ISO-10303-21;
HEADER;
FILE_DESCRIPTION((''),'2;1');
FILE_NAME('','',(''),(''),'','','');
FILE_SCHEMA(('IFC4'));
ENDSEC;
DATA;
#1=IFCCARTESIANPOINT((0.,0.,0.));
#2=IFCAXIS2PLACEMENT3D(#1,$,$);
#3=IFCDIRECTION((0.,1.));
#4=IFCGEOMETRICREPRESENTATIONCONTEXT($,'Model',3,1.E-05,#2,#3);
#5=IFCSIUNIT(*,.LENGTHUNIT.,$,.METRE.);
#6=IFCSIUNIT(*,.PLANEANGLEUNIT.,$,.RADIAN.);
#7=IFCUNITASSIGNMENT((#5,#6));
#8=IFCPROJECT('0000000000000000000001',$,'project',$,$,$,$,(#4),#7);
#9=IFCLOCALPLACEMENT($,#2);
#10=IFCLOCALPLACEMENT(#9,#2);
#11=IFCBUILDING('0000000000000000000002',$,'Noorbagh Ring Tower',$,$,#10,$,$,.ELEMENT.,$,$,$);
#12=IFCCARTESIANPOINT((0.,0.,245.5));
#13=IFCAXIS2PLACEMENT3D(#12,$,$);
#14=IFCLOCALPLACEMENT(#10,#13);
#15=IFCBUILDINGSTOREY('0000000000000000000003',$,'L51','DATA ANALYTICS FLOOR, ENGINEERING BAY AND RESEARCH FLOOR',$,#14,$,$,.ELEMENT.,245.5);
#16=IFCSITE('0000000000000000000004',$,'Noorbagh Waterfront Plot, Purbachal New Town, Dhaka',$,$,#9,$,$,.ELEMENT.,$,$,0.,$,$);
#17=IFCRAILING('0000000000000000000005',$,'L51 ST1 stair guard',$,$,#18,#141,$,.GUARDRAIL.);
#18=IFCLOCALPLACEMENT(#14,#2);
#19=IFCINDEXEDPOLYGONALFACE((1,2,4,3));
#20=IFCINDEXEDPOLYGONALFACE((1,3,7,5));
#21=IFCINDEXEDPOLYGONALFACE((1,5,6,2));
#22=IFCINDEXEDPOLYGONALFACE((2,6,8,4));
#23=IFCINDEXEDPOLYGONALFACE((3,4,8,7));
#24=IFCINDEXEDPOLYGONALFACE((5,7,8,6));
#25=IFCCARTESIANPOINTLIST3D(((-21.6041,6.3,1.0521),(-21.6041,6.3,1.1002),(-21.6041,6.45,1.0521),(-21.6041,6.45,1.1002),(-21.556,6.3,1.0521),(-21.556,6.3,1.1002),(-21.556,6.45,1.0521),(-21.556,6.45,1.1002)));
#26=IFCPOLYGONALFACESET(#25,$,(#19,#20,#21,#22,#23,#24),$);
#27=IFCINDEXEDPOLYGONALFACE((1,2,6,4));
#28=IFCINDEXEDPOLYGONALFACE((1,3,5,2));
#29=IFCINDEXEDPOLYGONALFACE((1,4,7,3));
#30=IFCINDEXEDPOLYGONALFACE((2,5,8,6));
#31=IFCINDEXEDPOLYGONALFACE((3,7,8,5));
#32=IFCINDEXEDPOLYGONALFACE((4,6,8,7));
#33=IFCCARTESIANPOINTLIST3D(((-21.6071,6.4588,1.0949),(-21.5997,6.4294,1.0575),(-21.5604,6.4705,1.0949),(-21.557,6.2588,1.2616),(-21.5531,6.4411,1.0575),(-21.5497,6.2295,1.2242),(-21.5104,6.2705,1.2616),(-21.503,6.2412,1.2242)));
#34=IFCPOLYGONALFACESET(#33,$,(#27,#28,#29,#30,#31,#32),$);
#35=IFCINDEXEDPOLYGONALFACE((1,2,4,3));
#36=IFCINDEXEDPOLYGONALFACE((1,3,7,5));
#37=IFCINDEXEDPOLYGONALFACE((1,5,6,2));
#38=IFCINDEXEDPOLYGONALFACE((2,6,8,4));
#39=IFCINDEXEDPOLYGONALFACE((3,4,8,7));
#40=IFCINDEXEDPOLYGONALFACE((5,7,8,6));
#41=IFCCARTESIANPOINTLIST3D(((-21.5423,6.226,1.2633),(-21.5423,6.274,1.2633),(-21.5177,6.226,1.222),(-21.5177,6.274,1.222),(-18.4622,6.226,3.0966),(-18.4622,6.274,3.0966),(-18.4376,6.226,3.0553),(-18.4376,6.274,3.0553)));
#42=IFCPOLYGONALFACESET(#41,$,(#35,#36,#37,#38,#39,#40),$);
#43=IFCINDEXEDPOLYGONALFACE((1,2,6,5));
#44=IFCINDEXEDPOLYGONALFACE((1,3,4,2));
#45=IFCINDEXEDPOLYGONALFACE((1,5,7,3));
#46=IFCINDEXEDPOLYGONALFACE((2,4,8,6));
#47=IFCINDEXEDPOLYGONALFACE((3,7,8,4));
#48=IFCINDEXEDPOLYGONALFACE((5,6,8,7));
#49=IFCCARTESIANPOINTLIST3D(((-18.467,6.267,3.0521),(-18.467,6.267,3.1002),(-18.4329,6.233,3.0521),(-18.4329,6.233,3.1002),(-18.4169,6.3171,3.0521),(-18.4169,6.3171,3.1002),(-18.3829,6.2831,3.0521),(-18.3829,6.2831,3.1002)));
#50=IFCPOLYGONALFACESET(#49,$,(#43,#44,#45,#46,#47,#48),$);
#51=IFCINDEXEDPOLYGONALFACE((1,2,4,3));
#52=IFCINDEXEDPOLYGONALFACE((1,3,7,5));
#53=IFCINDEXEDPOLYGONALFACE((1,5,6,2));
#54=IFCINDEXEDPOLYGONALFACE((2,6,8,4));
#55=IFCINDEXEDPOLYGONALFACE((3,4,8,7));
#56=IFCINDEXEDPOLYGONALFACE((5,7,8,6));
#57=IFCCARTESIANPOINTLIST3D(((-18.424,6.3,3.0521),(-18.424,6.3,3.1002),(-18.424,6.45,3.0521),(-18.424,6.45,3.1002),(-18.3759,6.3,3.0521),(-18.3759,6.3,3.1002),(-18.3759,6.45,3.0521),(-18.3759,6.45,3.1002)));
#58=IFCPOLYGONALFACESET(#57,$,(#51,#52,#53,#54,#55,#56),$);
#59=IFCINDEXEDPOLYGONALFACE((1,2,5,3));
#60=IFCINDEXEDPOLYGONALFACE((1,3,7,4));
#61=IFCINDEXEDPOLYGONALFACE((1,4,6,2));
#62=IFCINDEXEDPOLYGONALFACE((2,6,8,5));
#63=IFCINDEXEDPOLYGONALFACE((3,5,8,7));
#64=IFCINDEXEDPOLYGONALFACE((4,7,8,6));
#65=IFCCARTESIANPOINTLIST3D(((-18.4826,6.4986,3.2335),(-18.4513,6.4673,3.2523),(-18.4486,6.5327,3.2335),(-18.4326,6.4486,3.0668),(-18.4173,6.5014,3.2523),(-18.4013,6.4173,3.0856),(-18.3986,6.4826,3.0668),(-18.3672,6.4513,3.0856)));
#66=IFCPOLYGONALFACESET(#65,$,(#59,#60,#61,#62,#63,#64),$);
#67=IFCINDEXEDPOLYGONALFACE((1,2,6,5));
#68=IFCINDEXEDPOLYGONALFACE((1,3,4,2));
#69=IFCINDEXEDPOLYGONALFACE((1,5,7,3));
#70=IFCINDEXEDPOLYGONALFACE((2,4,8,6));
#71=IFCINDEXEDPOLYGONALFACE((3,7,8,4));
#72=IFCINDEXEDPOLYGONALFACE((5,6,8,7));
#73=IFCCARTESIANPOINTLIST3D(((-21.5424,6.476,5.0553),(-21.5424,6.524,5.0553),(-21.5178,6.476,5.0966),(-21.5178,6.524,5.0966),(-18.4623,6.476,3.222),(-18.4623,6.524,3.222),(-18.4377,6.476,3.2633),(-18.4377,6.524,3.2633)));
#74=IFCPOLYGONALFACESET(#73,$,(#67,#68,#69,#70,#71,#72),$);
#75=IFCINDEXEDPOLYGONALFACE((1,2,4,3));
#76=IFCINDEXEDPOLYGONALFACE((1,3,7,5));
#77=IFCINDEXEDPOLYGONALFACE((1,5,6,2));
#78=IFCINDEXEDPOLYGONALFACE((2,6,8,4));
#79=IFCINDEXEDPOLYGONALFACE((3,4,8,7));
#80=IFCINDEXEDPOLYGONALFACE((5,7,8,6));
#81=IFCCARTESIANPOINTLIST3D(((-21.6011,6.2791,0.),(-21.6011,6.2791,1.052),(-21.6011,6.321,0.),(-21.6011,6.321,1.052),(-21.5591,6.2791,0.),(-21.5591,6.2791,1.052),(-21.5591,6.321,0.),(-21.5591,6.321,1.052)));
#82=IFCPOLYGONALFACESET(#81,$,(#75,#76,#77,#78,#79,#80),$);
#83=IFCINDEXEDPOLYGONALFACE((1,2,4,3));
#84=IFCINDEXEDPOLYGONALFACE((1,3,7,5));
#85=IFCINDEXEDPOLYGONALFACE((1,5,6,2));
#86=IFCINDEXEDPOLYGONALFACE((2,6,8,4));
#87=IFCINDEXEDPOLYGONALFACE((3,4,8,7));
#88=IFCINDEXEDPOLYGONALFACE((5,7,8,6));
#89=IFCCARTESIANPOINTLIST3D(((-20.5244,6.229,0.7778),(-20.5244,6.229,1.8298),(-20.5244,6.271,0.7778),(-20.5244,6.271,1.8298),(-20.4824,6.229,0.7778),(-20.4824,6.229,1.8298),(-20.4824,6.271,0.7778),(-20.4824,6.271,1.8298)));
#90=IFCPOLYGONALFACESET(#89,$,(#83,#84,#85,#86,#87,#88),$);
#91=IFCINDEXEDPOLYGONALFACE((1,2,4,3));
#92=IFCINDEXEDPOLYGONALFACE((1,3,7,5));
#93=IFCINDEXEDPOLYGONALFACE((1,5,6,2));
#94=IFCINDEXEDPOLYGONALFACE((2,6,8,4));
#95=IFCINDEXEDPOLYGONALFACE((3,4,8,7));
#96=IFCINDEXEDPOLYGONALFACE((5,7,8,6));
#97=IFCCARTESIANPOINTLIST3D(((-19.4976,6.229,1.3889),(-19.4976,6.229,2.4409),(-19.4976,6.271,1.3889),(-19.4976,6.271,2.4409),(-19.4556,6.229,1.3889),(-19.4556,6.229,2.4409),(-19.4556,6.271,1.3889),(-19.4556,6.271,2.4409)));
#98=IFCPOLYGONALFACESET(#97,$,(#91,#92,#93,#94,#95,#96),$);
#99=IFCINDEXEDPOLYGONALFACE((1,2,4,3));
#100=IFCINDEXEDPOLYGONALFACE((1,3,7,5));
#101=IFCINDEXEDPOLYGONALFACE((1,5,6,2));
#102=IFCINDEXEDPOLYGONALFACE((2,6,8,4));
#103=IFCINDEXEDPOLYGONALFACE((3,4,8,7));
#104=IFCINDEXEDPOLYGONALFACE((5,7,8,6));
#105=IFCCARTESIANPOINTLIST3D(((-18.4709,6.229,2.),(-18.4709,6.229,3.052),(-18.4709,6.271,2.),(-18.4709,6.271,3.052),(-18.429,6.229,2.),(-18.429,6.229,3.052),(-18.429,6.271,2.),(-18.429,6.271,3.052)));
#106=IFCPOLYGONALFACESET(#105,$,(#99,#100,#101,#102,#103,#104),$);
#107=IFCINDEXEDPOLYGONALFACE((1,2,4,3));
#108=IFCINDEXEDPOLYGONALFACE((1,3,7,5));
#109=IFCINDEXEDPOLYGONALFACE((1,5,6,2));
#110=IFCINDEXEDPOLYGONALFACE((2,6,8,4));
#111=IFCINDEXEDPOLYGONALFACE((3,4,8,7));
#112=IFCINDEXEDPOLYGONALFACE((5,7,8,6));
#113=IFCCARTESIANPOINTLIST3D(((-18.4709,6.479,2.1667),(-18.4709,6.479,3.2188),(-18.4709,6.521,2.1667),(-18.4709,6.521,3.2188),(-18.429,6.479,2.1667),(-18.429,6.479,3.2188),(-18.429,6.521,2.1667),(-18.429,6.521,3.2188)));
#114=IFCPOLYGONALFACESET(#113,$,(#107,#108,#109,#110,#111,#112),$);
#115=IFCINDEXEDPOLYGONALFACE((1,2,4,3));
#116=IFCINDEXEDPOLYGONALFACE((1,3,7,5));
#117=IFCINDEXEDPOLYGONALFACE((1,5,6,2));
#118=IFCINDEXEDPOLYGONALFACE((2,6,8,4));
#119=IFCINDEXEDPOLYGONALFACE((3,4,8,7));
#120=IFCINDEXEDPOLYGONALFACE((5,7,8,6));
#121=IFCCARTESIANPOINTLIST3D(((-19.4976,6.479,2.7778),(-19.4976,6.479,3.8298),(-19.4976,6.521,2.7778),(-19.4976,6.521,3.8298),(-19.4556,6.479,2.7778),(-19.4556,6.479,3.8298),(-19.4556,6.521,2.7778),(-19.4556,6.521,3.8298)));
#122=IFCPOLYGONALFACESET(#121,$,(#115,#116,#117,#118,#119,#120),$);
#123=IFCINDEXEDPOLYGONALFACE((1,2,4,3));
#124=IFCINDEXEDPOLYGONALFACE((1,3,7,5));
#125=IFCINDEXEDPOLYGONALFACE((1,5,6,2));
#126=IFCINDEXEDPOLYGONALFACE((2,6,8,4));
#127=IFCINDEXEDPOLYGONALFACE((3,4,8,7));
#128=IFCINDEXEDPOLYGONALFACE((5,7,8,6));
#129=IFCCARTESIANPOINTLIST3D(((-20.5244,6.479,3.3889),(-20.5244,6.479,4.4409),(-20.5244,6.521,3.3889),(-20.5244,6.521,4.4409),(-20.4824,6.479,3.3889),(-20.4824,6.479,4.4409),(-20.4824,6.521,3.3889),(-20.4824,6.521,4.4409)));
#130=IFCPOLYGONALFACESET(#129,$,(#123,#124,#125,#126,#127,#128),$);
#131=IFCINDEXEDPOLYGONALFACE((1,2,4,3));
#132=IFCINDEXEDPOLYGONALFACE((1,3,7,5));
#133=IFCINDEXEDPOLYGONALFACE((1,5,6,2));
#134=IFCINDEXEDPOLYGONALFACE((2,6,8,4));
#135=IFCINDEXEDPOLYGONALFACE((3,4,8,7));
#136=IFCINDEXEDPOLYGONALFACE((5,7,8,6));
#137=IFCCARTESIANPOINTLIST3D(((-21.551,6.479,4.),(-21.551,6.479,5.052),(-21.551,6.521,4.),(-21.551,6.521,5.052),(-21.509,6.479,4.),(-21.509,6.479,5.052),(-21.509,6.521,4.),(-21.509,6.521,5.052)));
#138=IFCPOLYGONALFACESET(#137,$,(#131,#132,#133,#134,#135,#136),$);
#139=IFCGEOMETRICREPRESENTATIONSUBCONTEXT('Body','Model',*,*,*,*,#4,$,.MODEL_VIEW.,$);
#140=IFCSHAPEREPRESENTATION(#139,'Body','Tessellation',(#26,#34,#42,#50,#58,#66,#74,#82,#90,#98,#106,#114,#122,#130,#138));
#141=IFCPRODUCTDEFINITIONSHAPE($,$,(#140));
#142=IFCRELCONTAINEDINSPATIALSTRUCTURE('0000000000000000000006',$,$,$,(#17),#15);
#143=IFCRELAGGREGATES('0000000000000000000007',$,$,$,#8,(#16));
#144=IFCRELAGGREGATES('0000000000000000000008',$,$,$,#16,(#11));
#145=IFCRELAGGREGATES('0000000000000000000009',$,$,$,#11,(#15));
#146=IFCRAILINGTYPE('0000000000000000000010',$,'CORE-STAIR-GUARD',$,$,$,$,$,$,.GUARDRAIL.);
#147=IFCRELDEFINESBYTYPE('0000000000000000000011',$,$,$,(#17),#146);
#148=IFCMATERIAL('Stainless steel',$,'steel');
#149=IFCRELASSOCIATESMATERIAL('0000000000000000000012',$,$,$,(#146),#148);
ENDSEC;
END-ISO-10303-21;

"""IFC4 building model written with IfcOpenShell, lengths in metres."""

from ifc_helpers import new_model, si_unit, direction, frame, origin, origin_2d, place, context, subcontext, project, spatial, rectangle, extrude, material, type_object, element, save


model = new_model("IFC4")

# Units and contexts
model_context = context("Model", 3, precision=1e-05, world=origin(), true_north=direction((0.0, 1.0)))
body_context = subcontext(model_context, "Body", "Model", "MODEL_VIEW")
ifc_project = project(units=[si_unit("LENGTHUNIT", "METRE"), si_unit("PLANEANGLEUNIT", "RADIAN")], contexts=[model_context])

# Site, building, storey
site_placement = place(None, origin())
site = spatial("IfcSite", under=ifc_project, at=site_placement, Name="Noorbagh Waterfront Plot, Purbachal New Town, Dhaka", CompositionType="ELEMENT", RefElevation=0.0)
building_placement = place(site_placement, origin())
building = spatial("IfcBuilding", under=site, at=building_placement, Name="Noorbagh Ring Tower", CompositionType="ELEMENT")
storey_placement = place(building_placement, frame((0.0, 0.0, 245.5)))
storey = spatial("IfcBuildingStorey", under=building, at=storey_placement, Name="L51", Description="DATA ANALYTICS FLOOR, ENGINEERING BAY AND RESEARCH FLOOR", CompositionType="ELEMENT", Elevation=245.5)

# Railing
ifc_material_1 = material(Name="Stainless steel", Category="steel")
railing_type_1 = type_object("IfcRailingType", Name="CORE-STAIR-GUARD", PredefinedType="GUARDRAIL", material=ifc_material_1)
railing_1_placement = place(storey_placement, frame((-21.5801, 6.3, 0.0)))
element("IfcRailing", 1, at=railing_1_placement, inside=storey, type_object=railing_type_1, Name="L51 ST1 stair guard", PredefinedType="GUARDRAIL", context=body_context, shape_type="SweptSolid", body=[
    extrude(rectangle(XDim=0.0481, YDim=0.0481, at=origin_2d()), frame((0.0, 0.0, 1.0762), z_axis=(0.0, 1.0, 0.0), x_axis=(-1.0, 0.0, 0.0)), (0.0, 0.0, 1.0), 0.1499),
    extrude(rectangle(XDim=0.0481, YDim=0.0481, at=origin_2d()), frame((0.0, 0.1499, 1.0762), z_axis=(0.188776, -0.754182, 0.628946), x_axis=(0.970073, 0.242814, 0.0)), (0.0, 0.0, 1.0), 0.2651),
    extrude(rectangle(XDim=0.0481, YDim=0.0481, at=origin_2d()), frame((0.05, -0.05, 1.2427), z_axis=(0.859309, 0.0, 0.511458), x_axis=(0.0, 1.0, 0.0)), (0.0, 0.0, 1.0), 3.5845),
    extrude(rectangle(XDim=0.0481, YDim=0.0481, at=origin_2d()), frame((3.1301, -0.05, 3.0762), z_axis=(0.707107, 0.707107, 0.0), x_axis=(-0.707107, 0.707107, 0.0)), (0.0, 0.0, 1.0), 0.0708),
    extrude(rectangle(XDim=0.0481, YDim=0.0481, at=origin_2d()), frame((3.1802, 0.0, 3.0762), z_axis=(0.0, 1.0, 0.0), x_axis=(-1.0, 0.0, 0.0)), (0.0, 0.0, 1.0), 0.1499),
    extrude(rectangle(XDim=0.0481, YDim=0.0481, at=origin_2d()), frame((3.1802, 0.1499, 3.0762), z_axis=(-0.276287, 0.276287, 0.920506), x_axis=(-0.707107, -0.707107, 0.0)), (0.0, 0.0, 1.0), 0.1812),
    extrude(rectangle(XDim=0.0481, YDim=0.0481, at=origin_2d()), frame((3.1301, 0.2, 3.2427), z_axis=(-0.859309, 0.0, 0.511458), x_axis=(0.0, -1.0, 0.0)), (0.0, 0.0, 1.0), 3.5845),
    extrude(rectangle(XDim=0.042, YDim=0.042, at=origin_2d()), origin(), (0.0, 0.0, 1.0), 1.052),
    extrude(rectangle(XDim=0.042, YDim=0.042, at=origin_2d()), frame((1.0767, -0.05, 0.7778)), (0.0, 0.0, 1.0), 1.052),
    extrude(rectangle(XDim=0.042, YDim=0.042, at=origin_2d()), frame((2.1035, -0.05, 1.3889)), (0.0, 0.0, 1.0), 1.052),
    extrude(rectangle(XDim=0.042, YDim=0.042, at=origin_2d()), frame((3.1301, -0.05, 2.0)), (0.0, 0.0, 1.0), 1.052),
    extrude(rectangle(XDim=0.042, YDim=0.042, at=origin_2d()), frame((3.1301, 0.2, 2.1667)), (0.0, 0.0, 1.0), 1.052),
    extrude(rectangle(XDim=0.042, YDim=0.042, at=origin_2d()), frame((2.1035, 0.2, 2.7778)), (0.0, 0.0, 1.0), 1.052),
    extrude(rectangle(XDim=0.042, YDim=0.042, at=origin_2d()), frame((1.0767, 0.2, 3.3889)), (0.0, 0.0, 1.0), 1.052),
    extrude(rectangle(XDim=0.042, YDim=0.042, at=origin_2d()), frame((0.05, 0.2, 4.0)), (0.0, 0.0, 1.0), 1.052),
])

save(model, "model.ifc")
